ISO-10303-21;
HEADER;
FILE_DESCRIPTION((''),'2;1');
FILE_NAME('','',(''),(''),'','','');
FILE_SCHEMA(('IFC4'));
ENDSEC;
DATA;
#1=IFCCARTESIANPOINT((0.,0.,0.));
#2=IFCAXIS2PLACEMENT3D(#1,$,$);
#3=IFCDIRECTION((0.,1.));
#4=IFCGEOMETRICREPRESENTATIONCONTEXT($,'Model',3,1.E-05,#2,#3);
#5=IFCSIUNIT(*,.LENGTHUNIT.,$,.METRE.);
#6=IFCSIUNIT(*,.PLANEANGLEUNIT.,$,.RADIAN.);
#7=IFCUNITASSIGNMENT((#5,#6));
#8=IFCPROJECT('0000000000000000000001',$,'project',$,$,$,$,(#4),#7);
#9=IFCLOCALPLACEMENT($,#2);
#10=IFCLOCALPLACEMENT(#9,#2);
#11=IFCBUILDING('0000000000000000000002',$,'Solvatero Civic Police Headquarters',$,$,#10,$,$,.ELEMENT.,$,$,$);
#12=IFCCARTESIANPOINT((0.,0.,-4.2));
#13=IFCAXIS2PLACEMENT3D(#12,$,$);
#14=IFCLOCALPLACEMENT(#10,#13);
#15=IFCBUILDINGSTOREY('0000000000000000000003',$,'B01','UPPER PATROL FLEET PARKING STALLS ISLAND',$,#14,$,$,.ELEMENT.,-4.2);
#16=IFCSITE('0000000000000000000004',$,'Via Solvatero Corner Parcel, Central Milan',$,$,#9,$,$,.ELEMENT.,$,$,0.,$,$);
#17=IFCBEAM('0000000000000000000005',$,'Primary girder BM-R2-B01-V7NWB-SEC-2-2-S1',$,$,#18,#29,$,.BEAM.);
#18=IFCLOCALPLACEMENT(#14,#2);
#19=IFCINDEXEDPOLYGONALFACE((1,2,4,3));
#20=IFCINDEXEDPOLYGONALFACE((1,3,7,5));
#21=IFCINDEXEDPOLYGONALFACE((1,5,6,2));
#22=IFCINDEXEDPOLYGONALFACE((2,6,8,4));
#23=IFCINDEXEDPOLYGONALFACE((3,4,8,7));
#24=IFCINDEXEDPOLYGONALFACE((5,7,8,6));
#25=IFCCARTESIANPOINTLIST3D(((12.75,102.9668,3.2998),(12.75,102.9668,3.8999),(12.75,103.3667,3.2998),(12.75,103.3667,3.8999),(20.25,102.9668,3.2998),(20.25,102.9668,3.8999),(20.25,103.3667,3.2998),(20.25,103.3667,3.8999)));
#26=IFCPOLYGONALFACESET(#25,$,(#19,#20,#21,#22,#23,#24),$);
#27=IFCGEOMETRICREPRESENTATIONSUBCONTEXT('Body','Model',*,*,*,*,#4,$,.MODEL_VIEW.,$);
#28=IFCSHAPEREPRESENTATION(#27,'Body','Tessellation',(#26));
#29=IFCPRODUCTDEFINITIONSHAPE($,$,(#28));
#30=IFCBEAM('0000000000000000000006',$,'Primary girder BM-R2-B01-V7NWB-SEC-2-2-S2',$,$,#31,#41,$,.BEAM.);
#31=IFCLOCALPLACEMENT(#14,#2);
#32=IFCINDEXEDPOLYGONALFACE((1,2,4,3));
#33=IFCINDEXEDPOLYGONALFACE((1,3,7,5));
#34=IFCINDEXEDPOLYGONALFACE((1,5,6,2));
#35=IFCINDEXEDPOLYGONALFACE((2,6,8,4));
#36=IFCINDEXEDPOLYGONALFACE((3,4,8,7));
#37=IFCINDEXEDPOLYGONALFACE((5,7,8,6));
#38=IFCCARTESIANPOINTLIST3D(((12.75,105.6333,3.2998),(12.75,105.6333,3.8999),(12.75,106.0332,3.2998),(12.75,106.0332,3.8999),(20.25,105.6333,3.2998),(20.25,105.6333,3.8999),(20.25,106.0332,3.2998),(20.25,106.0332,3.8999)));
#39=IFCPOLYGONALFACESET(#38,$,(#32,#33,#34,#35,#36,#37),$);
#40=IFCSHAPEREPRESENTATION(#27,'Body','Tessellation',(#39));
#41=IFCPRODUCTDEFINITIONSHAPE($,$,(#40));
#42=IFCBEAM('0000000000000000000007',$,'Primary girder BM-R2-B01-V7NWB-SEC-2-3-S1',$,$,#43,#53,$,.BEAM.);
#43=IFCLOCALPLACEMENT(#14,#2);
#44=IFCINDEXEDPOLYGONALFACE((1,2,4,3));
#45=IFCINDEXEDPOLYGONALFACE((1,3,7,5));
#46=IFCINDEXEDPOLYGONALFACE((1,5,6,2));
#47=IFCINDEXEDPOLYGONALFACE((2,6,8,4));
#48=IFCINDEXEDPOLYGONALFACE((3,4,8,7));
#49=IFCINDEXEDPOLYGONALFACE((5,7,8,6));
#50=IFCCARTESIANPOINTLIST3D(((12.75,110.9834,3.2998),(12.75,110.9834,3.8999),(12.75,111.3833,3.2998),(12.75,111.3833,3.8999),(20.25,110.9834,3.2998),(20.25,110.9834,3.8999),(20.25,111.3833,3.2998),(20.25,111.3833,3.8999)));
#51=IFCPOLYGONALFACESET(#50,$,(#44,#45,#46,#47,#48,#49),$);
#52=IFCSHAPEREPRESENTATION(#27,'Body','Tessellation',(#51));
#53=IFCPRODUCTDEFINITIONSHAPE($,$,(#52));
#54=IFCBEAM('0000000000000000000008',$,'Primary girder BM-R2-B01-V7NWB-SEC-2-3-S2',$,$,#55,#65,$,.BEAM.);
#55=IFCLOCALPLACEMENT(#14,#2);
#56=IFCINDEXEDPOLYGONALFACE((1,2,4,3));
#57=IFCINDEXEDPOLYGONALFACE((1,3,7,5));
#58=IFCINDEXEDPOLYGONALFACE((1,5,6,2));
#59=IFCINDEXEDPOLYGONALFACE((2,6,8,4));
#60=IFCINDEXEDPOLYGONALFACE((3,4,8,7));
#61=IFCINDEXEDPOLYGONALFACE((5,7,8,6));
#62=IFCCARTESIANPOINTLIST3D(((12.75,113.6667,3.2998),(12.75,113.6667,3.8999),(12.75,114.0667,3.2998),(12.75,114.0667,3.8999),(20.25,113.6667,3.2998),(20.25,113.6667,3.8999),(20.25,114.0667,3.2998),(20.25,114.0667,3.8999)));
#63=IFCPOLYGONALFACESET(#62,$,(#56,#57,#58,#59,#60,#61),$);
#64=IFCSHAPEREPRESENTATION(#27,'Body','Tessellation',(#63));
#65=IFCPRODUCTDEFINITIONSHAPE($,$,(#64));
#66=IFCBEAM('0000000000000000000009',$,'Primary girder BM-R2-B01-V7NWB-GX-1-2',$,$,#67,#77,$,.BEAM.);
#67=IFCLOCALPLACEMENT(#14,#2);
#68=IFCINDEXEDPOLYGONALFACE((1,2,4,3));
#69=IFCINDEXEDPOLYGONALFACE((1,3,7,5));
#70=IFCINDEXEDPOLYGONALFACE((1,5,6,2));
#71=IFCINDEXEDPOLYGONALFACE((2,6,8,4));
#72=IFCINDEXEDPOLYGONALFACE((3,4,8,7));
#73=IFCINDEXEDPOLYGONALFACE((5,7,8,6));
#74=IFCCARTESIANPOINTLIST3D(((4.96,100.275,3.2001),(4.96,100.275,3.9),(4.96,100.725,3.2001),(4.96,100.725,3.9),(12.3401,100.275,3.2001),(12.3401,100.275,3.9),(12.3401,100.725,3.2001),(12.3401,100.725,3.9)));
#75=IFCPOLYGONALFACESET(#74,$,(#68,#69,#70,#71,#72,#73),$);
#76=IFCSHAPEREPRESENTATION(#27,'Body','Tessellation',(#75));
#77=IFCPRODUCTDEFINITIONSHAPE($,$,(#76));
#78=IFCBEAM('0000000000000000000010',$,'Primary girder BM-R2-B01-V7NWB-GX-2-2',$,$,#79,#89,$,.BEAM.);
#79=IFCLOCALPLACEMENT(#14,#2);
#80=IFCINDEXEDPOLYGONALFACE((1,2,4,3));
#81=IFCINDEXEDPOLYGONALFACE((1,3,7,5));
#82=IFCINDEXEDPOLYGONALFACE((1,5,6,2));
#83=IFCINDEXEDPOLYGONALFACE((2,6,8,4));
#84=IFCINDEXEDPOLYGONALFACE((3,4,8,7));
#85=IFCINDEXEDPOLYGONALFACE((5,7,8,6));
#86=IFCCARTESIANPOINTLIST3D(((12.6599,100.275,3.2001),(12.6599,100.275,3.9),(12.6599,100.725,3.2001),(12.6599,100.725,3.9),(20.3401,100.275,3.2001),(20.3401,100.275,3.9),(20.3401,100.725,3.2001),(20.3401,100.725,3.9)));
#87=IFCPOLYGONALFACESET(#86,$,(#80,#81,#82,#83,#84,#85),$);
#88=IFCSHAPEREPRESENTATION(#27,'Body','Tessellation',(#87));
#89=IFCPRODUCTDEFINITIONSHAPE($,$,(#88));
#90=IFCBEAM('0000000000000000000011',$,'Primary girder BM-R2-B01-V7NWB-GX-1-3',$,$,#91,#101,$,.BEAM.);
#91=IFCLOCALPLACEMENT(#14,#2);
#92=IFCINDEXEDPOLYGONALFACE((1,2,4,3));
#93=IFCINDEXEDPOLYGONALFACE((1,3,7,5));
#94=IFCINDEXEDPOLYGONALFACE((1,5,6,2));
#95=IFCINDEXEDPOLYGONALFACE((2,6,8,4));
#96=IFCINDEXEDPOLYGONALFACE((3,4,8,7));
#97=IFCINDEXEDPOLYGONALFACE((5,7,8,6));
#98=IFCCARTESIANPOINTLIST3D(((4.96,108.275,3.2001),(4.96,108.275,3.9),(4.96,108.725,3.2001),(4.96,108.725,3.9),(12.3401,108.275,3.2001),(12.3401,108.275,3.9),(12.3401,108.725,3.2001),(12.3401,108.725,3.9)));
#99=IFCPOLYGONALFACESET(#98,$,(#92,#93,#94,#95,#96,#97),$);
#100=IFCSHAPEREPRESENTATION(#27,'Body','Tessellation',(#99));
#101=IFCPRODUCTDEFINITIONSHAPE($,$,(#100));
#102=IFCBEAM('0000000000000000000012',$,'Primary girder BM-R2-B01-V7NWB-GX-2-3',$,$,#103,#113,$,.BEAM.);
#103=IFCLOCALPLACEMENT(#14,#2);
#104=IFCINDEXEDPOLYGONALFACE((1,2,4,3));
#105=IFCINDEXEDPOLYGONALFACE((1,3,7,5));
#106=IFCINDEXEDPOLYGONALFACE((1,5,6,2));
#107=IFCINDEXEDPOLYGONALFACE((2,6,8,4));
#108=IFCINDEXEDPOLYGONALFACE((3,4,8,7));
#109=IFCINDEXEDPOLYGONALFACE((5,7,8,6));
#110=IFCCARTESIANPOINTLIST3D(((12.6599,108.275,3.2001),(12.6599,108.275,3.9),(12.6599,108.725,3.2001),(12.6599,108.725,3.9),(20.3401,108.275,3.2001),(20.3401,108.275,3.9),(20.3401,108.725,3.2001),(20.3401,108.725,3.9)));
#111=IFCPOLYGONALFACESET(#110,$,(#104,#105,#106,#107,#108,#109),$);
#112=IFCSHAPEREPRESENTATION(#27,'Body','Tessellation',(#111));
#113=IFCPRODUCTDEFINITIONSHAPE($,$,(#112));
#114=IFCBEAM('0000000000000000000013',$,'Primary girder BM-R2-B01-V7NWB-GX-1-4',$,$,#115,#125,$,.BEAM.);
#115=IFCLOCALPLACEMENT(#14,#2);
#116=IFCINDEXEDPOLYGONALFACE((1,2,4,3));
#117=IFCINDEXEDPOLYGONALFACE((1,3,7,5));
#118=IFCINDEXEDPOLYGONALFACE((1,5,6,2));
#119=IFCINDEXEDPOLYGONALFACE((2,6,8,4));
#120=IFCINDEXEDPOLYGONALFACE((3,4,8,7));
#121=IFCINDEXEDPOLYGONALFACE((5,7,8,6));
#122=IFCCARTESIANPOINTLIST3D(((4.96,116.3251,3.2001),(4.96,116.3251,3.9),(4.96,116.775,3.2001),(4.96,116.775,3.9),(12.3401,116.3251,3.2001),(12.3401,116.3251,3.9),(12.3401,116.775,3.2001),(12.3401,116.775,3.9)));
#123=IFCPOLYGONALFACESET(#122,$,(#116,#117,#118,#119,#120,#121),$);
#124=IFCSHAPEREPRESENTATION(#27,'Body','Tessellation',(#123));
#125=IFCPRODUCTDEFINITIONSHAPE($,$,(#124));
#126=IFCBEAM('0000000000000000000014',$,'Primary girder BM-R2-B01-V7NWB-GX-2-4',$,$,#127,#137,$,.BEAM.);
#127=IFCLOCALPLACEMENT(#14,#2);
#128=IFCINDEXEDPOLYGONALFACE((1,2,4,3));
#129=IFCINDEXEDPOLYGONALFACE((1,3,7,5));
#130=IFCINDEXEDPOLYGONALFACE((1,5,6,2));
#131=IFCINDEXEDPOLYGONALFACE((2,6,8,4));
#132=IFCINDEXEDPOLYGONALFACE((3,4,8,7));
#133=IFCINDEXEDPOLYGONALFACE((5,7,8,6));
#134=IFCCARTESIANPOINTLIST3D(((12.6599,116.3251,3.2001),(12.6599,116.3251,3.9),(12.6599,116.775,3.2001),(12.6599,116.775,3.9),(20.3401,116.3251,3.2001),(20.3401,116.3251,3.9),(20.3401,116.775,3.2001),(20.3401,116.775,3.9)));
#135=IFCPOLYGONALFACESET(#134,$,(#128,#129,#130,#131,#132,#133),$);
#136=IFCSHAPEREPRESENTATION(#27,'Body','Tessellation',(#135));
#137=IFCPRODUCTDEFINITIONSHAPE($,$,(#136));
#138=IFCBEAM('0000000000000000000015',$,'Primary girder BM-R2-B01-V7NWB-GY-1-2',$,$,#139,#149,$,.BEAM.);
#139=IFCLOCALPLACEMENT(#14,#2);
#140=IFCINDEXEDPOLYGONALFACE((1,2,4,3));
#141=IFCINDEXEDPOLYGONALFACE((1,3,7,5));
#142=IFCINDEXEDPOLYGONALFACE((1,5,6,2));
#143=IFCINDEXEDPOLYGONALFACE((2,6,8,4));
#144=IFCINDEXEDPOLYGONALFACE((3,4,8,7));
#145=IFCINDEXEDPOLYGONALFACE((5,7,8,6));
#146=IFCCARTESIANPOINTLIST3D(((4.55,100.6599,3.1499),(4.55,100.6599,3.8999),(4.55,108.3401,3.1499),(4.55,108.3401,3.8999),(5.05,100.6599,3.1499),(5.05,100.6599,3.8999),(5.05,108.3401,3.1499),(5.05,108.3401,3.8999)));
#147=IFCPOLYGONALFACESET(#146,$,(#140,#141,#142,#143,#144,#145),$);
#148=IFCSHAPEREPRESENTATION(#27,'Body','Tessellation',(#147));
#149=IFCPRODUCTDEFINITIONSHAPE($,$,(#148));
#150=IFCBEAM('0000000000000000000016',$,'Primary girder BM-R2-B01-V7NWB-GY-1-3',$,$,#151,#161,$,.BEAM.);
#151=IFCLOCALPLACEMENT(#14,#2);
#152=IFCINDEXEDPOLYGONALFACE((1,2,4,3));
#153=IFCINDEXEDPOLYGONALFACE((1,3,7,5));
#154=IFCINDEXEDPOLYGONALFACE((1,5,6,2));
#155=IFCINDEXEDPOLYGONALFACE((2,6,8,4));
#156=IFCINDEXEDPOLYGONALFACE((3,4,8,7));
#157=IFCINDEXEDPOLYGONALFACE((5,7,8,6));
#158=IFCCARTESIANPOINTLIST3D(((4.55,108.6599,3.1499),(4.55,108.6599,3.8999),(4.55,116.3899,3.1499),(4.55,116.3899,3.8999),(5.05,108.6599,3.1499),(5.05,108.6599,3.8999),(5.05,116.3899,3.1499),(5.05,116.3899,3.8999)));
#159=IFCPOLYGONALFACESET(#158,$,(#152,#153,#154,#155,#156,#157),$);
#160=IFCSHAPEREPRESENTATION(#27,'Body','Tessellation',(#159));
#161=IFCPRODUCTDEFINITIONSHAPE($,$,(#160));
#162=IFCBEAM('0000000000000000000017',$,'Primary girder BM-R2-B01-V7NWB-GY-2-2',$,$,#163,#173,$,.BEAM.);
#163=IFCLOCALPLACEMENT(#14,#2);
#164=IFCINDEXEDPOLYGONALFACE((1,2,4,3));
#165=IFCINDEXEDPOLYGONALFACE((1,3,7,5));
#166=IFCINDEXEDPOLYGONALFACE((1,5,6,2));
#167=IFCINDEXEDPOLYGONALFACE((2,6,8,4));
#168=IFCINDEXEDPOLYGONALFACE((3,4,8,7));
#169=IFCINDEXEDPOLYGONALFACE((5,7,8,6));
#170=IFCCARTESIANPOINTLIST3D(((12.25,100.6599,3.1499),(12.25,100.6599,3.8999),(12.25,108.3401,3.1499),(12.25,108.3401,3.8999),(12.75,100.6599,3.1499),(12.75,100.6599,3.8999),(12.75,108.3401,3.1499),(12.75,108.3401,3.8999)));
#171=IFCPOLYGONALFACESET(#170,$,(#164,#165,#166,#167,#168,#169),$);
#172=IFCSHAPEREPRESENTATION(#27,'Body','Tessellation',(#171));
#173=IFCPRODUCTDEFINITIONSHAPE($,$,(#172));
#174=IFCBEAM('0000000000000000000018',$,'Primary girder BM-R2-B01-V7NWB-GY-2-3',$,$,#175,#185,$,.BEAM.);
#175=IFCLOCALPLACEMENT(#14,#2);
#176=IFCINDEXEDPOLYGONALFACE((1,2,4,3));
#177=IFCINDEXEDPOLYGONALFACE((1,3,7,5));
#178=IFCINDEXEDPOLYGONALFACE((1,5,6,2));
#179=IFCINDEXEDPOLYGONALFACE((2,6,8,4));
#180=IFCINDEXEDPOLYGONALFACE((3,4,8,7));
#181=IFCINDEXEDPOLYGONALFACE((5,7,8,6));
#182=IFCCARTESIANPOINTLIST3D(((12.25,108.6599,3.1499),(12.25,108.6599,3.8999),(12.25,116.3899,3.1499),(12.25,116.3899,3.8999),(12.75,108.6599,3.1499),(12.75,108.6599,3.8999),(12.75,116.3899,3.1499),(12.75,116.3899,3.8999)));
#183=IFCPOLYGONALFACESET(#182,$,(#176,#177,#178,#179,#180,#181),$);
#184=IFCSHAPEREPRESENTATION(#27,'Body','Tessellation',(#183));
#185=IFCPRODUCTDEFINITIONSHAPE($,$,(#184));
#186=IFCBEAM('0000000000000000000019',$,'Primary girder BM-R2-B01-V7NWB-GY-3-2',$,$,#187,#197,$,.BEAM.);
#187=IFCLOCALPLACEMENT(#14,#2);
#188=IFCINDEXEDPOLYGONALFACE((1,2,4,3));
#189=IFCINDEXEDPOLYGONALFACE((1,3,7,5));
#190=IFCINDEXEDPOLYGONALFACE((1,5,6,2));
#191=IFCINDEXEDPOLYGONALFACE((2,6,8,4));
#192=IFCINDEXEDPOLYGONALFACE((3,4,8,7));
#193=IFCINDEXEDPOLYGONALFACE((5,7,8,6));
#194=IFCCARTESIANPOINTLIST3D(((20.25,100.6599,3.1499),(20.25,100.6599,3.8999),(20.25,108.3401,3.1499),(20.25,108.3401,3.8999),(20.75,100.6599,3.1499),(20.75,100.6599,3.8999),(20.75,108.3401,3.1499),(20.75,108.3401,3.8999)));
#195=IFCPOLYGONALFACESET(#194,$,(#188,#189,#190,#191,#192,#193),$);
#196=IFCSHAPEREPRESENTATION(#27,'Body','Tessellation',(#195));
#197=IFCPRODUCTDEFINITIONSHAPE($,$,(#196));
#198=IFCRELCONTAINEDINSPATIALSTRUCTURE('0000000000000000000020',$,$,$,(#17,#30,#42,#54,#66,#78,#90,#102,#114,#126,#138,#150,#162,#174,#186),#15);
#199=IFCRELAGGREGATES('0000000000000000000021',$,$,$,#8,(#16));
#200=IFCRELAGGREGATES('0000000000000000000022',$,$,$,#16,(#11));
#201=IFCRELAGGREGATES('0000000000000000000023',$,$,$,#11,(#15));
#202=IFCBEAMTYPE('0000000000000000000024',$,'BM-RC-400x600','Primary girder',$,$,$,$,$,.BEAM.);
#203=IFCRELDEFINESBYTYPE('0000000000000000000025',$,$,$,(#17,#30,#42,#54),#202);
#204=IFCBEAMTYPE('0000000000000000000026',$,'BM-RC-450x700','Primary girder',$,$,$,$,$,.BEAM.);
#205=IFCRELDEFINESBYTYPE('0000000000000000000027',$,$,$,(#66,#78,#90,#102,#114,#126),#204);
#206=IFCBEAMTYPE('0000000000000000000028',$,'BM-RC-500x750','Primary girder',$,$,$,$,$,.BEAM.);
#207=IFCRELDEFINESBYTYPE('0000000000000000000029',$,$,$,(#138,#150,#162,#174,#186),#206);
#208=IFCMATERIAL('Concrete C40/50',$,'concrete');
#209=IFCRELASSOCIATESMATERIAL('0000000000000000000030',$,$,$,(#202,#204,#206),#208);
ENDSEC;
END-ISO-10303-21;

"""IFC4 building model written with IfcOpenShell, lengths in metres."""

from ifc_helpers import new_model, si_unit, direction, frame, origin, origin_2d, place, context, subcontext, project, spatial, rectangle, extrude, material, material_profile, profile_set, type_object, element, save


model = new_model("IFC4")

# Units and contexts
model_context = context("Model", 3, precision=1e-05, world=origin(), true_north=direction((0.0, 1.0)))
body_context = subcontext(model_context, "Body", "Model", "MODEL_VIEW")
ifc_project = project(units=[si_unit("LENGTHUNIT", "METRE"), si_unit("PLANEANGLEUNIT", "RADIAN")], contexts=[model_context])

# Site, building, storey
site_placement = place(None, origin())
site = spatial("IfcSite", under=ifc_project, at=site_placement, Name="Via Solvatero Corner Parcel, Central Milan", CompositionType="ELEMENT", RefElevation=0.0)
building_placement = place(site_placement, origin())
building = spatial("IfcBuilding", under=site, at=building_placement, Name="Solvatero Civic Police Headquarters", CompositionType="ELEMENT")
storey_placement = place(building_placement, frame((0.0, 0.0, -4.2)))
storey = spatial("IfcBuildingStorey", under=building, at=storey_placement, Name="B01", Description="UPPER PATROL FLEET PARKING STALLS ISLAND", CompositionType="ELEMENT", Elevation=-4.2)

# Shared definitions
ifc_material_1 = material(Name="Concrete C40/50", Category="concrete")

# Beams
ifc_material_profile_1 = material_profile(ifc_material_1, rectangle(XDim=0.3999, YDim=0.6001, at=origin_2d()), Name="RC 400x600")
ifc_profile_set_1 = profile_set([ifc_material_profile_1], Name="Concrete C40/50")
beam_type_1 = type_object("IfcBeamType", Name="BM-RC-400x600", Description="Primary girder", PredefinedType="BEAM", material=ifc_profile_set_1)
for number, where, z_axis, x_axis, name in (
    (1, (12.75, 103.1667, 3.5999), (1.0, 0.0, 0.0), (0.0, 1.0, 0.0), "Primary girder BM-R2-B01-V7NWB-SEC-2-2-S1"),
    (2, (12.75, 105.8333, 3.5999), (1.0, 0.0, 0.0), (0.0, 1.0, 0.0), "Primary girder BM-R2-B01-V7NWB-SEC-2-2-S2"),
    (3, (12.75, 111.1833, 3.5999), (1.0, 0.0, 0.0), (0.0, 1.0, 0.0), "Primary girder BM-R2-B01-V7NWB-SEC-2-3-S1"),
    (4, (12.75, 113.8667, 3.5999), (1.0, 0.0, 0.0), (0.0, 1.0, 0.0), "Primary girder BM-R2-B01-V7NWB-SEC-2-3-S2"),
):
    element("IfcBeam", number, at=place(storey_placement, frame(where, z_axis=z_axis, x_axis=x_axis)), inside=storey, type_object=beam_type_1, Name=name, PredefinedType="BEAM", context=body_context, shape_type="SweptSolid", body=[
        extrude(rectangle(XDim=0.3999, YDim=0.6001, at=origin_2d()), origin(), (0.0, 0.0, 1.0), 7.5),
    ])
ifc_material_profile_2 = material_profile(ifc_material_1, rectangle(XDim=0.45, YDim=0.7, at=origin_2d()), Name="RC 450x700")
ifc_profile_set_2 = profile_set([ifc_material_profile_2], Name="Concrete C40/50")
beam_type_2 = type_object("IfcBeamType", Name="BM-RC-450x700", Description="Primary girder", PredefinedType="BEAM", material=ifc_profile_set_2)
beam_1_placement = place(storey_placement, frame((4.96, 100.5, 3.55), z_axis=(1.0, 0.0, 0.0), x_axis=(0.0, 1.0, 0.0)))
element("IfcBeam", 5, at=beam_1_placement, inside=storey, type_object=beam_type_2, Name="Primary girder BM-R2-B01-V7NWB-GX-1-2", PredefinedType="BEAM", context=body_context, shape_type="SweptSolid", body=[
    extrude(rectangle(XDim=0.45, YDim=0.7, at=origin_2d()), origin(), (0.0, 0.0, 1.0), 7.3801),
])
beam_2_placement = place(storey_placement, frame((12.6599, 100.5, 3.55), z_axis=(1.0, 0.0, 0.0), x_axis=(0.0, 1.0, 0.0)))
element("IfcBeam", 6, at=beam_2_placement, inside=storey, type_object=beam_type_2, Name="Primary girder BM-R2-B01-V7NWB-GX-2-2", PredefinedType="BEAM", context=body_context, shape_type="SweptSolid", body=[
    extrude(rectangle(XDim=0.45, YDim=0.7, at=origin_2d()), origin(), (0.0, 0.0, 1.0), 7.6802),
])
beam_3_placement = place(storey_placement, frame((4.96, 108.5, 3.55), z_axis=(1.0, 0.0, 0.0), x_axis=(0.0, 1.0, 0.0)))
element("IfcBeam", 7, at=beam_3_placement, inside=storey, type_object=beam_type_2, Name="Primary girder BM-R2-B01-V7NWB-GX-1-3", PredefinedType="BEAM", context=body_context, shape_type="SweptSolid", body=[
    extrude(rectangle(XDim=0.45, YDim=0.7, at=origin_2d()), origin(), (0.0, 0.0, 1.0), 7.3801),
])
beam_4_placement = place(storey_placement, frame((12.6599, 108.5, 3.55), z_axis=(1.0, 0.0, 0.0), x_axis=(0.0, 1.0, 0.0)))
element("IfcBeam", 8, at=beam_4_placement, inside=storey, type_object=beam_type_2, Name="Primary girder BM-R2-B01-V7NWB-GX-2-3", PredefinedType="BEAM", context=body_context, shape_type="SweptSolid", body=[
    extrude(rectangle(XDim=0.45, YDim=0.7, at=origin_2d()), origin(), (0.0, 0.0, 1.0), 7.6802),
])
beam_5_placement = place(storey_placement, frame((4.96, 116.55, 3.55), z_axis=(1.0, 0.0, 0.0), x_axis=(0.0, 1.0, 0.0)))
element("IfcBeam", 9, at=beam_5_placement, inside=storey, type_object=beam_type_2, Name="Primary girder BM-R2-B01-V7NWB-GX-1-4", PredefinedType="BEAM", context=body_context, shape_type="SweptSolid", body=[
    extrude(rectangle(XDim=0.45, YDim=0.7, at=origin_2d()), origin(), (0.0, 0.0, 1.0), 7.3801),
])
beam_6_placement = place(storey_placement, frame((12.6599, 116.55, 3.55), z_axis=(1.0, 0.0, 0.0), x_axis=(0.0, 1.0, 0.0)))
element("IfcBeam", 10, at=beam_6_placement, inside=storey, type_object=beam_type_2, Name="Primary girder BM-R2-B01-V7NWB-GX-2-4", PredefinedType="BEAM", context=body_context, shape_type="SweptSolid", body=[
    extrude(rectangle(XDim=0.45, YDim=0.7, at=origin_2d()), origin(), (0.0, 0.0, 1.0), 7.6802),
])
ifc_material_profile_3 = material_profile(ifc_material_1, rectangle(XDim=0.5, YDim=0.75, at=origin_2d()), Name="RC 500x750")
ifc_profile_set_3 = profile_set([ifc_material_profile_3], Name="Concrete C40/50")
beam_type_3 = type_object("IfcBeamType", Name="BM-RC-500x750", Description="Primary girder", PredefinedType="BEAM", material=ifc_profile_set_3)
beam_7_placement = place(storey_placement, frame((4.8, 100.6599, 3.5249), z_axis=(0.0, 1.0, 0.0), x_axis=(-1.0, 0.0, 0.0)))
element("IfcBeam", 11, at=beam_7_placement, inside=storey, type_object=beam_type_3, Name="Primary girder BM-R2-B01-V7NWB-GY-1-2", PredefinedType="BEAM", context=body_context, shape_type="SweptSolid", body=[
    extrude(rectangle(XDim=0.5, YDim=0.75, at=origin_2d()), origin(), (0.0, 0.0, 1.0), 7.6802),
])
beam_8_placement = place(storey_placement, frame((4.8, 108.6599, 3.5249), z_axis=(0.0, 1.0, 0.0), x_axis=(-1.0, 0.0, 0.0)))
element("IfcBeam", 12, at=beam_8_placement, inside=storey, type_object=beam_type_3, Name="Primary girder BM-R2-B01-V7NWB-GY-1-3", PredefinedType="BEAM", context=body_context, shape_type="SweptSolid", body=[
    extrude(rectangle(XDim=0.5, YDim=0.75, at=origin_2d()), origin(), (0.0, 0.0, 1.0), 7.73),
])
beam_9_placement = place(storey_placement, frame((12.5, 100.6599, 3.5249), z_axis=(0.0, 1.0, 0.0), x_axis=(-1.0, 0.0, 0.0)))
element("IfcBeam", 13, at=beam_9_placement, inside=storey, type_object=beam_type_3, Name="Primary girder BM-R2-B01-V7NWB-GY-2-2", PredefinedType="BEAM", context=body_context, shape_type="SweptSolid", body=[
    extrude(rectangle(XDim=0.5, YDim=0.75, at=origin_2d()), origin(), (0.0, 0.0, 1.0), 7.6802),
])
beam_10_placement = place(storey_placement, frame((12.5, 108.6599, 3.5249), z_axis=(0.0, 1.0, 0.0), x_axis=(-1.0, 0.0, 0.0)))
element("IfcBeam", 14, at=beam_10_placement, inside=storey, type_object=beam_type_3, Name="Primary girder BM-R2-B01-V7NWB-GY-2-3", PredefinedType="BEAM", context=body_context, shape_type="SweptSolid", body=[
    extrude(rectangle(XDim=0.5, YDim=0.75, at=origin_2d()), origin(), (0.0, 0.0, 1.0), 7.73),
])
beam_11_placement = place(storey_placement, frame((20.5, 100.6599, 3.5249), z_axis=(0.0, 1.0, 0.0), x_axis=(-1.0, 0.0, 0.0)))
element("IfcBeam", 15, at=beam_11_placement, inside=storey, type_object=beam_type_3, Name="Primary girder BM-R2-B01-V7NWB-GY-3-2", PredefinedType="BEAM", context=body_context, shape_type="SweptSolid", body=[
    extrude(rectangle(XDim=0.5, YDim=0.75, at=origin_2d()), origin(), (0.0, 0.0, 1.0), 7.6802),
])

save(model, "model.ifc")
